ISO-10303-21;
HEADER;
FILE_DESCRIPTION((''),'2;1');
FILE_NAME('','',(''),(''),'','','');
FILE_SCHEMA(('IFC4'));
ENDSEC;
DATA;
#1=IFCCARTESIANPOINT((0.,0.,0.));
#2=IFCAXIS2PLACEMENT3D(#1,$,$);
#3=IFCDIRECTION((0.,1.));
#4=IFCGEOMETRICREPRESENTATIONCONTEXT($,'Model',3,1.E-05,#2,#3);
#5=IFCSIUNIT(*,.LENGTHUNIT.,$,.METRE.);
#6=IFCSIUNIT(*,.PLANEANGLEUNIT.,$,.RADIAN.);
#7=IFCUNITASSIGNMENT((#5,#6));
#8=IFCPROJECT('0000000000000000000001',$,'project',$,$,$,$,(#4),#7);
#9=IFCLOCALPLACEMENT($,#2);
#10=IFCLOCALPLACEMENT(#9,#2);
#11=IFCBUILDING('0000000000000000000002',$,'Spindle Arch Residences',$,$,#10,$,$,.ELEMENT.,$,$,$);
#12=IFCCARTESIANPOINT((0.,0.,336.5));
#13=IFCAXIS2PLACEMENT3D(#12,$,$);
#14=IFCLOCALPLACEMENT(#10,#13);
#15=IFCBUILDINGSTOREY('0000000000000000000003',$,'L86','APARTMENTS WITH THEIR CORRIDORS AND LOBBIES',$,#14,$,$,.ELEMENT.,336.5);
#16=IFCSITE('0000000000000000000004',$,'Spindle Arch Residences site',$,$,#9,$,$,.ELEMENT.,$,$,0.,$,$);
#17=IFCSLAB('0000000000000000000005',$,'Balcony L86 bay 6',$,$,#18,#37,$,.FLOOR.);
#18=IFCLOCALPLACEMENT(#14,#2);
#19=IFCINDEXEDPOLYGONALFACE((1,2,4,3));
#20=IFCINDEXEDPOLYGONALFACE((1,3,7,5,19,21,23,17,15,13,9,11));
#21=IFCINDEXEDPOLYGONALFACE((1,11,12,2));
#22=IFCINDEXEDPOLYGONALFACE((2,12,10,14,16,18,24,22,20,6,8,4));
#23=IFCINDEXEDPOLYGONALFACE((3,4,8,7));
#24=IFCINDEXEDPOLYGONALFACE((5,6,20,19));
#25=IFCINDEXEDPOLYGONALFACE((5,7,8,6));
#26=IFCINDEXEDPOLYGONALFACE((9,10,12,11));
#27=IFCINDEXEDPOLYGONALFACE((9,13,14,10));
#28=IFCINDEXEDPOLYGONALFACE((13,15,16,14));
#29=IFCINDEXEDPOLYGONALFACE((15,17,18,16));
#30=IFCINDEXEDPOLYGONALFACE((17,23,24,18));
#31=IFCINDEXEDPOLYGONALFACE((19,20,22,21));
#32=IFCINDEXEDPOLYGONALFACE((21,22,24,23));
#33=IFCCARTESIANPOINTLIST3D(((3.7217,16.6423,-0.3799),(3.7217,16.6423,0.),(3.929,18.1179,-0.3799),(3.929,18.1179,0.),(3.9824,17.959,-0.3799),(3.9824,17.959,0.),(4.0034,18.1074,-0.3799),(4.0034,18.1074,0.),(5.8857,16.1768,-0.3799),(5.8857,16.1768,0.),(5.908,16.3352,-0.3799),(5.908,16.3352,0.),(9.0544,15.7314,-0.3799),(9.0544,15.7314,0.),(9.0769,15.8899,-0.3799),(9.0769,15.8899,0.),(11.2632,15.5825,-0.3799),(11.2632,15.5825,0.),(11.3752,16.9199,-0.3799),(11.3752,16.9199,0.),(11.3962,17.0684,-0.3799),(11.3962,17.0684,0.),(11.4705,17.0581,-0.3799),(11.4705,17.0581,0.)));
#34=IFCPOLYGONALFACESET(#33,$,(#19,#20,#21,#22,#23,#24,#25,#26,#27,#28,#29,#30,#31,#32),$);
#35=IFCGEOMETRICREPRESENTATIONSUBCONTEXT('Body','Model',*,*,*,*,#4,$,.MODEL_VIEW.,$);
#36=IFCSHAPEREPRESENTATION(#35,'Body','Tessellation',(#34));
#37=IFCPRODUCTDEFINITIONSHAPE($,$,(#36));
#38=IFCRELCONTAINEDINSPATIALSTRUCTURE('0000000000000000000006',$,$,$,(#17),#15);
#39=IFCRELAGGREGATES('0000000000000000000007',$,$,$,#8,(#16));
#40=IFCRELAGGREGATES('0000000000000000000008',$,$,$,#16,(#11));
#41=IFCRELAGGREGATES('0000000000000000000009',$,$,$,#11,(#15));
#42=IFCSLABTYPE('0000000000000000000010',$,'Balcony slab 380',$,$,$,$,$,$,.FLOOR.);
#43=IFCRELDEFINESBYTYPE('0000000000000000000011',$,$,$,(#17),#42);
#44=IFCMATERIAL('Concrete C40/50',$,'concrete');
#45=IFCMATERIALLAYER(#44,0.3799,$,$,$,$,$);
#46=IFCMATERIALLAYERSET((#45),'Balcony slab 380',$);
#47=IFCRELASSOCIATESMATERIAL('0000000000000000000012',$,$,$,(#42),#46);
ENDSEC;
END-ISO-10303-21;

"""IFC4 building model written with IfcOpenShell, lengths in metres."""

from ifc_helpers import new_model, si_unit, direction, frame, origin, place, context, subcontext, project, spatial, polyline, outline, extrude, material, layer, layer_set, type_object, element, save


model = new_model("IFC4")

# Units and contexts
model_context = context("Model", 3, precision=1e-05, world=origin(), true_north=direction((0.0, 1.0)))
body_context = subcontext(model_context, "Body", "Model", "MODEL_VIEW")
ifc_project = project(units=[si_unit("LENGTHUNIT", "METRE"), si_unit("PLANEANGLEUNIT", "RADIAN")], contexts=[model_context])

# Site, building, storey
site_placement = place(None, origin())
site = spatial("IfcSite", under=ifc_project, at=site_placement, Name="Spindle Arch Residences site", CompositionType="ELEMENT", RefElevation=0.0)
building_placement = place(site_placement, origin())
building = spatial("IfcBuilding", under=site, at=building_placement, Name="Spindle Arch Residences", CompositionType="ELEMENT")
storey_placement = place(building_placement, frame((0.0, 0.0, 336.5)))
storey = spatial("IfcBuildingStorey", under=building, at=storey_placement, Name="L86", Description="APARTMENTS WITH THEIR CORRIDORS AND LOBBIES", CompositionType="ELEMENT", Elevation=336.5)

# Slab
ifc_material_1 = material(Name="Concrete C40/50", Category="concrete")
ifc_layer_1 = layer(ifc_material_1, 0.3799)
ifc_layer_set_1 = layer_set([ifc_layer_1], Name="Balcony slab 380")
slab_type_1 = type_object("IfcSlabType", Name="Balcony slab 380", PredefinedType="FLOOR", material=ifc_layer_set_1)
slab_1_placement = place(storey_placement, frame((0.0, 0.0, -0.3799)))
element("IfcSlab", 1, at=slab_1_placement, inside=storey, type_object=slab_type_1, Name="Balcony L86 bay 6", PredefinedType="FLOOR", context=body_context, shape_type="SweptSolid", body=[
    extrude(outline(polyline([(11.4705, 17.0581), (11.3962, 17.0684), (11.3752, 16.9199), (3.9824, 17.959), (4.0034, 18.1074), (3.929, 18.1179), (3.7217, 16.6423), (5.908, 16.3352), (5.8857, 16.1768), (9.0544, 15.7314), (9.0769, 15.8899), (11.2632, 15.5825), (11.4705, 17.0581)])), origin(), (0.0, 0.0, 1.0), 0.3799),
])

save(model, "model.ifc")
